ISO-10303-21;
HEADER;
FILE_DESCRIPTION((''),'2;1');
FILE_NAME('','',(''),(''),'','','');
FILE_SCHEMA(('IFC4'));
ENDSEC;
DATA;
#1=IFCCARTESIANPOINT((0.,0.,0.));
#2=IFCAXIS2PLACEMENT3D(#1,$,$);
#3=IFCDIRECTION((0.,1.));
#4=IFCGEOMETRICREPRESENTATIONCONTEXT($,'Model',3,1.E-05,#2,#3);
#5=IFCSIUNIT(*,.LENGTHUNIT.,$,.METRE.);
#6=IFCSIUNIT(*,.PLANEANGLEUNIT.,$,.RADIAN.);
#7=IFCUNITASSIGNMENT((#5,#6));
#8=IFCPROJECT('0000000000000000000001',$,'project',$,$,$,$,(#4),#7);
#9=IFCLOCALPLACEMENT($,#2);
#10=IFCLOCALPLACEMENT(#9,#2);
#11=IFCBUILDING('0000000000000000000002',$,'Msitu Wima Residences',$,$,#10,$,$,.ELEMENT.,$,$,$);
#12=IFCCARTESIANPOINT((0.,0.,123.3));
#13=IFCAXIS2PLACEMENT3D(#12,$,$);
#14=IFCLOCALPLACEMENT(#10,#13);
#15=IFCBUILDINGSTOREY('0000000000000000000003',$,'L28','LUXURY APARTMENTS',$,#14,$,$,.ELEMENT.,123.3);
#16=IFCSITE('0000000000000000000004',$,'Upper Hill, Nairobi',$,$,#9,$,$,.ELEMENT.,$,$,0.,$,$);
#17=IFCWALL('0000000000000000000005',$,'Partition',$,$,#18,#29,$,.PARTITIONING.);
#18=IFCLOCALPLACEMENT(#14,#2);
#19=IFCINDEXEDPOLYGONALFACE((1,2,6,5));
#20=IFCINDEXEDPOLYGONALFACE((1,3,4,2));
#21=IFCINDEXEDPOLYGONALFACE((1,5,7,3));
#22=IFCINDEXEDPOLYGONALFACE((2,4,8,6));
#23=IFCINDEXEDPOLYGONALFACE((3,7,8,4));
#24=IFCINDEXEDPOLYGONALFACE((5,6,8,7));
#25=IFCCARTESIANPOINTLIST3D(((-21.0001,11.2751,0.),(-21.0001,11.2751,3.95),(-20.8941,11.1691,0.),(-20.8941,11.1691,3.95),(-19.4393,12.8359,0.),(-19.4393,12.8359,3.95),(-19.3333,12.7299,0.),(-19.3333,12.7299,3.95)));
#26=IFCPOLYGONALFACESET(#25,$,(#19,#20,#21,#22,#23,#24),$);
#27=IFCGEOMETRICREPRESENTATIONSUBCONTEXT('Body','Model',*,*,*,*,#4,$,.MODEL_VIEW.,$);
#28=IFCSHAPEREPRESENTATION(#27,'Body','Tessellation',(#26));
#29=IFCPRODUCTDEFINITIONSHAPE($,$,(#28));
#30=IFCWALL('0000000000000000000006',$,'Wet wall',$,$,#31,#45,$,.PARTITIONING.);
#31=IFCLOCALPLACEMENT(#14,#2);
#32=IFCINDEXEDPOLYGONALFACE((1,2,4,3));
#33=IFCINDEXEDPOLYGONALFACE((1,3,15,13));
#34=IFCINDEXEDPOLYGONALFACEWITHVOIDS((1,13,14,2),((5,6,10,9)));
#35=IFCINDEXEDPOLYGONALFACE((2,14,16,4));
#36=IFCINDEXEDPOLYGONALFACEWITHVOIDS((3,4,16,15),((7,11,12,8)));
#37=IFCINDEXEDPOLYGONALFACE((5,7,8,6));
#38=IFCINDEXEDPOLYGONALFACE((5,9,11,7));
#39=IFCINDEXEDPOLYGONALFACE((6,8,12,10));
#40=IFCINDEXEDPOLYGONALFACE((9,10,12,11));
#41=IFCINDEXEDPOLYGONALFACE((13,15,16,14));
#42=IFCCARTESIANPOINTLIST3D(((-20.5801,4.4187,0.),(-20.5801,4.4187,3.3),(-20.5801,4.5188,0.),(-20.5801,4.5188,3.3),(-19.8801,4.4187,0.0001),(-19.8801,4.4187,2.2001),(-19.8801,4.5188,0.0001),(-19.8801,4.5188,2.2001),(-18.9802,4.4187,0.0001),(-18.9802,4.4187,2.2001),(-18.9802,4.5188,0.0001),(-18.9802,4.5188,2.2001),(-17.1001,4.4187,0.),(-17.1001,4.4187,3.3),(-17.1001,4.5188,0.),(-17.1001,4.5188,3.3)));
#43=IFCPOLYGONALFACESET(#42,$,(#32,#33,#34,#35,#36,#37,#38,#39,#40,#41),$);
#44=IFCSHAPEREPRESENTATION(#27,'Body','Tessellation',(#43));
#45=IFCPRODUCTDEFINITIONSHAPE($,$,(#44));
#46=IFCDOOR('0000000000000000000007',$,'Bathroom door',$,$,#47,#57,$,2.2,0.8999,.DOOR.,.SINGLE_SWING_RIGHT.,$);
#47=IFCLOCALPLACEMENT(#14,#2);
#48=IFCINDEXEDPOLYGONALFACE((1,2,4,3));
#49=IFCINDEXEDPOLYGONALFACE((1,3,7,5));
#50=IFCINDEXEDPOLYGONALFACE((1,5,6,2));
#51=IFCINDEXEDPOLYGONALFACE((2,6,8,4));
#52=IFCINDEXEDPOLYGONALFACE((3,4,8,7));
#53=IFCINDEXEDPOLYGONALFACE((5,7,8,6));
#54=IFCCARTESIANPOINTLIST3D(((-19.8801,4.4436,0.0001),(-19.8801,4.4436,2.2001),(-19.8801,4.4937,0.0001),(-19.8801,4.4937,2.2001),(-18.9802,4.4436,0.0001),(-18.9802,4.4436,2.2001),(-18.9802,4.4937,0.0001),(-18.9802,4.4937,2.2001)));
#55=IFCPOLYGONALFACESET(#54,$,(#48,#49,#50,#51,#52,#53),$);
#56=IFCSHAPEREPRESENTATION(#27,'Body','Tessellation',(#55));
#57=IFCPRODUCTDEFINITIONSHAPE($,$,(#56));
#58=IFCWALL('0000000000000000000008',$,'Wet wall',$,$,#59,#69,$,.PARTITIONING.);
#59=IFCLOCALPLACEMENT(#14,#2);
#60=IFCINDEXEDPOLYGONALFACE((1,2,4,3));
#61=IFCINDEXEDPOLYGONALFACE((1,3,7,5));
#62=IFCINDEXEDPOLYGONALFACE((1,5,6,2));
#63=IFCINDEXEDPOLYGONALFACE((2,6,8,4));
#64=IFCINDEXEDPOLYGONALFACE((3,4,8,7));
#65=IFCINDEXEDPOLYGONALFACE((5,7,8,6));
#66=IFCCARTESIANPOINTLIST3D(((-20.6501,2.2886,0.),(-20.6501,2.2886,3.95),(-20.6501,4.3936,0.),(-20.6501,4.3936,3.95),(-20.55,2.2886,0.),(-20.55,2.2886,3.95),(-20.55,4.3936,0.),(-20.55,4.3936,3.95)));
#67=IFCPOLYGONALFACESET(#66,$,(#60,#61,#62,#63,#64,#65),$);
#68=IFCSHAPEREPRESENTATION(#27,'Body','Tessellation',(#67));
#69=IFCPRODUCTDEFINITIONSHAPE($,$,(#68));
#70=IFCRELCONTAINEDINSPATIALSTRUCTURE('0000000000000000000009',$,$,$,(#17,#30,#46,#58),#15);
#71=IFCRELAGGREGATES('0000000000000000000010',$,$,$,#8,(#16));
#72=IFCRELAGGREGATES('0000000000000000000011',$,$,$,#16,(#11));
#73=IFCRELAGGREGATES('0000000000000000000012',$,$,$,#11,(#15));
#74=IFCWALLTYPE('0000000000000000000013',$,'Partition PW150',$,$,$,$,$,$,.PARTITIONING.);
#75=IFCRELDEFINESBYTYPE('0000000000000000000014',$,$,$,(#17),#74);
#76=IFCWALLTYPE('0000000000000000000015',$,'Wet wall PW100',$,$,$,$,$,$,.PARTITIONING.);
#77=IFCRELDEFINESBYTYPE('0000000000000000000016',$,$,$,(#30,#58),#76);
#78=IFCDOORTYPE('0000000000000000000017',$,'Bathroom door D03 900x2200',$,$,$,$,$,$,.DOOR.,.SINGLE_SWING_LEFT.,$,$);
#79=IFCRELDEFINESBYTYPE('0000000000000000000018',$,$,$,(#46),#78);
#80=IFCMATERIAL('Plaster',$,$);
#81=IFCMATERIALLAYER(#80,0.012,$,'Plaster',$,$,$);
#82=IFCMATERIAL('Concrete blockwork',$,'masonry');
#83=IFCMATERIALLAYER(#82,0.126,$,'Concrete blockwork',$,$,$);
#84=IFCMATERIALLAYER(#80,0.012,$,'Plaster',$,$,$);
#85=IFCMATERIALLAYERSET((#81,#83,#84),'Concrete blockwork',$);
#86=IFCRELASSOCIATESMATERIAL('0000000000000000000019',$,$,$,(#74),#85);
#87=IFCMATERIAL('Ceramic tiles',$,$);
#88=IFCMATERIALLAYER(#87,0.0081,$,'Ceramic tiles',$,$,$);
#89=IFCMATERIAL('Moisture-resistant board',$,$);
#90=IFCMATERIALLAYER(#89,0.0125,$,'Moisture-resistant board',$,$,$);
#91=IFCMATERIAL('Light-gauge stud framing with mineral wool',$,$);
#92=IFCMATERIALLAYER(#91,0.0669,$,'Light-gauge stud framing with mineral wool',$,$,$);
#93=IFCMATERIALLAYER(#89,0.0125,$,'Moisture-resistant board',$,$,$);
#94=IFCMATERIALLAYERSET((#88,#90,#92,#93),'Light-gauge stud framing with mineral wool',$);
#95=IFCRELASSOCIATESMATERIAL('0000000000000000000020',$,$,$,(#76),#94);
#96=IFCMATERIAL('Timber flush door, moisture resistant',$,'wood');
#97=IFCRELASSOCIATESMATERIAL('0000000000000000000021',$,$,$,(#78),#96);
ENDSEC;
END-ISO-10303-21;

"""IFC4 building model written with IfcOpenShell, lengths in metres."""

from ifc_helpers import new_model, si_unit, direction, frame, frame_2d, origin, place, context, subcontext, project, spatial, rectangle, extrude, material, layer, layer_set, type_object, element, fill, save


model = new_model("IFC4")

# Units and contexts
model_context = context("Model", 3, precision=1e-05, world=origin(), true_north=direction((0.0, 1.0)))
body_context = subcontext(model_context, "Body", "Model", "MODEL_VIEW")
ifc_project = project(units=[si_unit("LENGTHUNIT", "METRE"), si_unit("PLANEANGLEUNIT", "RADIAN")], contexts=[model_context])

# Site, building, storey
site_placement = place(None, origin())
site = spatial("IfcSite", under=ifc_project, at=site_placement, Name="Upper Hill, Nairobi", CompositionType="ELEMENT", RefElevation=0.0)
building_placement = place(site_placement, origin())
building = spatial("IfcBuilding", under=site, at=building_placement, Name="Msitu Wima Residences", CompositionType="ELEMENT")
storey_placement = place(building_placement, frame((0.0, 0.0, 123.3)))
storey = spatial("IfcBuildingStorey", under=building, at=storey_placement, Name="L28", Description="LUXURY APARTMENTS", CompositionType="ELEMENT", Elevation=123.3)

# Shared definitions
ifc_material_1 = material(Name="Plaster")
ifc_layer_1 = layer(ifc_material_1, 0.012, Name="Plaster")
ifc_material_2 = material(Name="Concrete blockwork", Category="masonry")
ifc_layer_2 = layer(ifc_material_2, 0.126, Name="Concrete blockwork")
ifc_layer_3 = layer(ifc_material_1, 0.012, Name="Plaster")
ifc_layer_set_1 = layer_set([ifc_layer_1, ifc_layer_2, ifc_layer_3], Name="Concrete blockwork")
wall_type_1 = type_object("IfcWallType", Name="Partition PW150", PredefinedType="PARTITIONING", material=ifc_layer_set_1)

# Wall
wall_1_placement = place(storey_placement, frame((-20.947, 11.2222, 0.0), z_axis=(0.0, 0.0, 1.0), x_axis=(0.707107, 0.707107, 0.0)))
element("IfcWall", 1, at=wall_1_placement, inside=storey, type_object=wall_type_1, Name="Partition", PredefinedType="PARTITIONING", context=body_context, shape_type="SweptSolid", body=[
    extrude(rectangle(XDim=2.2073, YDim=0.1499, at=frame_2d((1.1035, 0.0))), origin(), (0.0, 0.0, 1.0), 3.95),
])

# Wall, opening, door
ifc_material_3 = material(Name="Ceramic tiles")
ifc_layer_4 = layer(ifc_material_3, 0.0081, Name="Ceramic tiles")
ifc_material_4 = material(Name="Moisture-resistant board")
ifc_layer_5 = layer(ifc_material_4, 0.0125, Name="Moisture-resistant board")
ifc_material_5 = material(Name="Light-gauge stud framing with mineral wool")
ifc_layer_6 = layer(ifc_material_5, 0.0669, Name="Light-gauge stud framing with mineral wool")
ifc_layer_7 = layer(ifc_material_4, 0.0125, Name="Moisture-resistant board")
ifc_layer_set_2 = layer_set([ifc_layer_4, ifc_layer_5, ifc_layer_6, ifc_layer_7], Name="Light-gauge stud framing with mineral wool")
wall_type_2 = type_object("IfcWallType", Name="Wet wall PW100", PredefinedType="PARTITIONING", material=ifc_layer_set_2)
wall_2_placement = place(storey_placement, frame((-20.5801, 4.4688, 0.0), z_axis=(0.0, 0.0, 1.0), x_axis=(1.0, 0.0, 0.0)))
wall_2 = element("IfcWall", 2, at=wall_2_placement, inside=storey, type_object=wall_type_2, Name="Wet wall", PredefinedType="PARTITIONING", context=body_context, shape_type="SweptSolid", body=[
    extrude(rectangle(XDim=3.48, YDim=0.1001, at=frame_2d((1.74, 0.0))), origin(), (0.0, 0.0, 1.0), 3.3),
])
opening_1_placement = place(wall_2_placement, frame((0.7, 0.0, 0.0)))
opening_1 = element("IfcOpeningElement", 3, at=opening_1_placement, cuts=wall_2, PredefinedType="OPENING", context=body_context, shape_type="SweptSolid", body=[
    extrude(rectangle(XDim=0.8999, YDim=2.2, at=frame_2d((0.45, 1.1001))), frame((0.0, 0.0601, 0.0), z_axis=(0.0, -1.0, 0.0), x_axis=(1.0, 0.0, 0.0)), (0.0, 0.0, 1.0), 0.1201),
])
ifc_material_6 = material(Name="Timber flush door, moisture resistant", Category="wood")
door_type_1 = type_object("IfcDoorType", Name="Bathroom door D03 900x2200", OperationType="SINGLE_SWING_LEFT", PredefinedType="DOOR", material=ifc_material_6)
door_1_placement = place(opening_1_placement, origin())
door_1 = element("IfcDoor", 4, at=door_1_placement, inside=storey, type_object=door_type_1, Name="Bathroom door", OperationType="SINGLE_SWING_RIGHT", OverallHeight=2.2, OverallWidth=0.8999, PredefinedType="DOOR", context=body_context, shape_type="SweptSolid", body=[
    extrude(rectangle(XDim=0.8999, YDim=2.2, at=frame_2d((0.45, 1.1001))), frame((0.0, 0.0249, 0.0), z_axis=(0.0, -1.0, 0.0), x_axis=(1.0, 0.0, 0.0)), (0.0, 0.0, 1.0), 0.05),
])
fill(opening_1, door_1)

# Wall
wall_3_placement = place(storey_placement, frame((-20.6001, 2.2886, 0.0), z_axis=(0.0, 0.0, 1.0), x_axis=(0.0, 1.0, 0.0)))
element("IfcWall", 5, at=wall_3_placement, inside=storey, type_object=wall_type_2, Name="Wet wall", PredefinedType="PARTITIONING", context=body_context, shape_type="SweptSolid", body=[
    extrude(rectangle(XDim=2.105, YDim=0.1001, at=frame_2d((1.0525, 0.0))), origin(), (0.0, 0.0, 1.0), 3.95),
])

save(model, "model.ifc")
